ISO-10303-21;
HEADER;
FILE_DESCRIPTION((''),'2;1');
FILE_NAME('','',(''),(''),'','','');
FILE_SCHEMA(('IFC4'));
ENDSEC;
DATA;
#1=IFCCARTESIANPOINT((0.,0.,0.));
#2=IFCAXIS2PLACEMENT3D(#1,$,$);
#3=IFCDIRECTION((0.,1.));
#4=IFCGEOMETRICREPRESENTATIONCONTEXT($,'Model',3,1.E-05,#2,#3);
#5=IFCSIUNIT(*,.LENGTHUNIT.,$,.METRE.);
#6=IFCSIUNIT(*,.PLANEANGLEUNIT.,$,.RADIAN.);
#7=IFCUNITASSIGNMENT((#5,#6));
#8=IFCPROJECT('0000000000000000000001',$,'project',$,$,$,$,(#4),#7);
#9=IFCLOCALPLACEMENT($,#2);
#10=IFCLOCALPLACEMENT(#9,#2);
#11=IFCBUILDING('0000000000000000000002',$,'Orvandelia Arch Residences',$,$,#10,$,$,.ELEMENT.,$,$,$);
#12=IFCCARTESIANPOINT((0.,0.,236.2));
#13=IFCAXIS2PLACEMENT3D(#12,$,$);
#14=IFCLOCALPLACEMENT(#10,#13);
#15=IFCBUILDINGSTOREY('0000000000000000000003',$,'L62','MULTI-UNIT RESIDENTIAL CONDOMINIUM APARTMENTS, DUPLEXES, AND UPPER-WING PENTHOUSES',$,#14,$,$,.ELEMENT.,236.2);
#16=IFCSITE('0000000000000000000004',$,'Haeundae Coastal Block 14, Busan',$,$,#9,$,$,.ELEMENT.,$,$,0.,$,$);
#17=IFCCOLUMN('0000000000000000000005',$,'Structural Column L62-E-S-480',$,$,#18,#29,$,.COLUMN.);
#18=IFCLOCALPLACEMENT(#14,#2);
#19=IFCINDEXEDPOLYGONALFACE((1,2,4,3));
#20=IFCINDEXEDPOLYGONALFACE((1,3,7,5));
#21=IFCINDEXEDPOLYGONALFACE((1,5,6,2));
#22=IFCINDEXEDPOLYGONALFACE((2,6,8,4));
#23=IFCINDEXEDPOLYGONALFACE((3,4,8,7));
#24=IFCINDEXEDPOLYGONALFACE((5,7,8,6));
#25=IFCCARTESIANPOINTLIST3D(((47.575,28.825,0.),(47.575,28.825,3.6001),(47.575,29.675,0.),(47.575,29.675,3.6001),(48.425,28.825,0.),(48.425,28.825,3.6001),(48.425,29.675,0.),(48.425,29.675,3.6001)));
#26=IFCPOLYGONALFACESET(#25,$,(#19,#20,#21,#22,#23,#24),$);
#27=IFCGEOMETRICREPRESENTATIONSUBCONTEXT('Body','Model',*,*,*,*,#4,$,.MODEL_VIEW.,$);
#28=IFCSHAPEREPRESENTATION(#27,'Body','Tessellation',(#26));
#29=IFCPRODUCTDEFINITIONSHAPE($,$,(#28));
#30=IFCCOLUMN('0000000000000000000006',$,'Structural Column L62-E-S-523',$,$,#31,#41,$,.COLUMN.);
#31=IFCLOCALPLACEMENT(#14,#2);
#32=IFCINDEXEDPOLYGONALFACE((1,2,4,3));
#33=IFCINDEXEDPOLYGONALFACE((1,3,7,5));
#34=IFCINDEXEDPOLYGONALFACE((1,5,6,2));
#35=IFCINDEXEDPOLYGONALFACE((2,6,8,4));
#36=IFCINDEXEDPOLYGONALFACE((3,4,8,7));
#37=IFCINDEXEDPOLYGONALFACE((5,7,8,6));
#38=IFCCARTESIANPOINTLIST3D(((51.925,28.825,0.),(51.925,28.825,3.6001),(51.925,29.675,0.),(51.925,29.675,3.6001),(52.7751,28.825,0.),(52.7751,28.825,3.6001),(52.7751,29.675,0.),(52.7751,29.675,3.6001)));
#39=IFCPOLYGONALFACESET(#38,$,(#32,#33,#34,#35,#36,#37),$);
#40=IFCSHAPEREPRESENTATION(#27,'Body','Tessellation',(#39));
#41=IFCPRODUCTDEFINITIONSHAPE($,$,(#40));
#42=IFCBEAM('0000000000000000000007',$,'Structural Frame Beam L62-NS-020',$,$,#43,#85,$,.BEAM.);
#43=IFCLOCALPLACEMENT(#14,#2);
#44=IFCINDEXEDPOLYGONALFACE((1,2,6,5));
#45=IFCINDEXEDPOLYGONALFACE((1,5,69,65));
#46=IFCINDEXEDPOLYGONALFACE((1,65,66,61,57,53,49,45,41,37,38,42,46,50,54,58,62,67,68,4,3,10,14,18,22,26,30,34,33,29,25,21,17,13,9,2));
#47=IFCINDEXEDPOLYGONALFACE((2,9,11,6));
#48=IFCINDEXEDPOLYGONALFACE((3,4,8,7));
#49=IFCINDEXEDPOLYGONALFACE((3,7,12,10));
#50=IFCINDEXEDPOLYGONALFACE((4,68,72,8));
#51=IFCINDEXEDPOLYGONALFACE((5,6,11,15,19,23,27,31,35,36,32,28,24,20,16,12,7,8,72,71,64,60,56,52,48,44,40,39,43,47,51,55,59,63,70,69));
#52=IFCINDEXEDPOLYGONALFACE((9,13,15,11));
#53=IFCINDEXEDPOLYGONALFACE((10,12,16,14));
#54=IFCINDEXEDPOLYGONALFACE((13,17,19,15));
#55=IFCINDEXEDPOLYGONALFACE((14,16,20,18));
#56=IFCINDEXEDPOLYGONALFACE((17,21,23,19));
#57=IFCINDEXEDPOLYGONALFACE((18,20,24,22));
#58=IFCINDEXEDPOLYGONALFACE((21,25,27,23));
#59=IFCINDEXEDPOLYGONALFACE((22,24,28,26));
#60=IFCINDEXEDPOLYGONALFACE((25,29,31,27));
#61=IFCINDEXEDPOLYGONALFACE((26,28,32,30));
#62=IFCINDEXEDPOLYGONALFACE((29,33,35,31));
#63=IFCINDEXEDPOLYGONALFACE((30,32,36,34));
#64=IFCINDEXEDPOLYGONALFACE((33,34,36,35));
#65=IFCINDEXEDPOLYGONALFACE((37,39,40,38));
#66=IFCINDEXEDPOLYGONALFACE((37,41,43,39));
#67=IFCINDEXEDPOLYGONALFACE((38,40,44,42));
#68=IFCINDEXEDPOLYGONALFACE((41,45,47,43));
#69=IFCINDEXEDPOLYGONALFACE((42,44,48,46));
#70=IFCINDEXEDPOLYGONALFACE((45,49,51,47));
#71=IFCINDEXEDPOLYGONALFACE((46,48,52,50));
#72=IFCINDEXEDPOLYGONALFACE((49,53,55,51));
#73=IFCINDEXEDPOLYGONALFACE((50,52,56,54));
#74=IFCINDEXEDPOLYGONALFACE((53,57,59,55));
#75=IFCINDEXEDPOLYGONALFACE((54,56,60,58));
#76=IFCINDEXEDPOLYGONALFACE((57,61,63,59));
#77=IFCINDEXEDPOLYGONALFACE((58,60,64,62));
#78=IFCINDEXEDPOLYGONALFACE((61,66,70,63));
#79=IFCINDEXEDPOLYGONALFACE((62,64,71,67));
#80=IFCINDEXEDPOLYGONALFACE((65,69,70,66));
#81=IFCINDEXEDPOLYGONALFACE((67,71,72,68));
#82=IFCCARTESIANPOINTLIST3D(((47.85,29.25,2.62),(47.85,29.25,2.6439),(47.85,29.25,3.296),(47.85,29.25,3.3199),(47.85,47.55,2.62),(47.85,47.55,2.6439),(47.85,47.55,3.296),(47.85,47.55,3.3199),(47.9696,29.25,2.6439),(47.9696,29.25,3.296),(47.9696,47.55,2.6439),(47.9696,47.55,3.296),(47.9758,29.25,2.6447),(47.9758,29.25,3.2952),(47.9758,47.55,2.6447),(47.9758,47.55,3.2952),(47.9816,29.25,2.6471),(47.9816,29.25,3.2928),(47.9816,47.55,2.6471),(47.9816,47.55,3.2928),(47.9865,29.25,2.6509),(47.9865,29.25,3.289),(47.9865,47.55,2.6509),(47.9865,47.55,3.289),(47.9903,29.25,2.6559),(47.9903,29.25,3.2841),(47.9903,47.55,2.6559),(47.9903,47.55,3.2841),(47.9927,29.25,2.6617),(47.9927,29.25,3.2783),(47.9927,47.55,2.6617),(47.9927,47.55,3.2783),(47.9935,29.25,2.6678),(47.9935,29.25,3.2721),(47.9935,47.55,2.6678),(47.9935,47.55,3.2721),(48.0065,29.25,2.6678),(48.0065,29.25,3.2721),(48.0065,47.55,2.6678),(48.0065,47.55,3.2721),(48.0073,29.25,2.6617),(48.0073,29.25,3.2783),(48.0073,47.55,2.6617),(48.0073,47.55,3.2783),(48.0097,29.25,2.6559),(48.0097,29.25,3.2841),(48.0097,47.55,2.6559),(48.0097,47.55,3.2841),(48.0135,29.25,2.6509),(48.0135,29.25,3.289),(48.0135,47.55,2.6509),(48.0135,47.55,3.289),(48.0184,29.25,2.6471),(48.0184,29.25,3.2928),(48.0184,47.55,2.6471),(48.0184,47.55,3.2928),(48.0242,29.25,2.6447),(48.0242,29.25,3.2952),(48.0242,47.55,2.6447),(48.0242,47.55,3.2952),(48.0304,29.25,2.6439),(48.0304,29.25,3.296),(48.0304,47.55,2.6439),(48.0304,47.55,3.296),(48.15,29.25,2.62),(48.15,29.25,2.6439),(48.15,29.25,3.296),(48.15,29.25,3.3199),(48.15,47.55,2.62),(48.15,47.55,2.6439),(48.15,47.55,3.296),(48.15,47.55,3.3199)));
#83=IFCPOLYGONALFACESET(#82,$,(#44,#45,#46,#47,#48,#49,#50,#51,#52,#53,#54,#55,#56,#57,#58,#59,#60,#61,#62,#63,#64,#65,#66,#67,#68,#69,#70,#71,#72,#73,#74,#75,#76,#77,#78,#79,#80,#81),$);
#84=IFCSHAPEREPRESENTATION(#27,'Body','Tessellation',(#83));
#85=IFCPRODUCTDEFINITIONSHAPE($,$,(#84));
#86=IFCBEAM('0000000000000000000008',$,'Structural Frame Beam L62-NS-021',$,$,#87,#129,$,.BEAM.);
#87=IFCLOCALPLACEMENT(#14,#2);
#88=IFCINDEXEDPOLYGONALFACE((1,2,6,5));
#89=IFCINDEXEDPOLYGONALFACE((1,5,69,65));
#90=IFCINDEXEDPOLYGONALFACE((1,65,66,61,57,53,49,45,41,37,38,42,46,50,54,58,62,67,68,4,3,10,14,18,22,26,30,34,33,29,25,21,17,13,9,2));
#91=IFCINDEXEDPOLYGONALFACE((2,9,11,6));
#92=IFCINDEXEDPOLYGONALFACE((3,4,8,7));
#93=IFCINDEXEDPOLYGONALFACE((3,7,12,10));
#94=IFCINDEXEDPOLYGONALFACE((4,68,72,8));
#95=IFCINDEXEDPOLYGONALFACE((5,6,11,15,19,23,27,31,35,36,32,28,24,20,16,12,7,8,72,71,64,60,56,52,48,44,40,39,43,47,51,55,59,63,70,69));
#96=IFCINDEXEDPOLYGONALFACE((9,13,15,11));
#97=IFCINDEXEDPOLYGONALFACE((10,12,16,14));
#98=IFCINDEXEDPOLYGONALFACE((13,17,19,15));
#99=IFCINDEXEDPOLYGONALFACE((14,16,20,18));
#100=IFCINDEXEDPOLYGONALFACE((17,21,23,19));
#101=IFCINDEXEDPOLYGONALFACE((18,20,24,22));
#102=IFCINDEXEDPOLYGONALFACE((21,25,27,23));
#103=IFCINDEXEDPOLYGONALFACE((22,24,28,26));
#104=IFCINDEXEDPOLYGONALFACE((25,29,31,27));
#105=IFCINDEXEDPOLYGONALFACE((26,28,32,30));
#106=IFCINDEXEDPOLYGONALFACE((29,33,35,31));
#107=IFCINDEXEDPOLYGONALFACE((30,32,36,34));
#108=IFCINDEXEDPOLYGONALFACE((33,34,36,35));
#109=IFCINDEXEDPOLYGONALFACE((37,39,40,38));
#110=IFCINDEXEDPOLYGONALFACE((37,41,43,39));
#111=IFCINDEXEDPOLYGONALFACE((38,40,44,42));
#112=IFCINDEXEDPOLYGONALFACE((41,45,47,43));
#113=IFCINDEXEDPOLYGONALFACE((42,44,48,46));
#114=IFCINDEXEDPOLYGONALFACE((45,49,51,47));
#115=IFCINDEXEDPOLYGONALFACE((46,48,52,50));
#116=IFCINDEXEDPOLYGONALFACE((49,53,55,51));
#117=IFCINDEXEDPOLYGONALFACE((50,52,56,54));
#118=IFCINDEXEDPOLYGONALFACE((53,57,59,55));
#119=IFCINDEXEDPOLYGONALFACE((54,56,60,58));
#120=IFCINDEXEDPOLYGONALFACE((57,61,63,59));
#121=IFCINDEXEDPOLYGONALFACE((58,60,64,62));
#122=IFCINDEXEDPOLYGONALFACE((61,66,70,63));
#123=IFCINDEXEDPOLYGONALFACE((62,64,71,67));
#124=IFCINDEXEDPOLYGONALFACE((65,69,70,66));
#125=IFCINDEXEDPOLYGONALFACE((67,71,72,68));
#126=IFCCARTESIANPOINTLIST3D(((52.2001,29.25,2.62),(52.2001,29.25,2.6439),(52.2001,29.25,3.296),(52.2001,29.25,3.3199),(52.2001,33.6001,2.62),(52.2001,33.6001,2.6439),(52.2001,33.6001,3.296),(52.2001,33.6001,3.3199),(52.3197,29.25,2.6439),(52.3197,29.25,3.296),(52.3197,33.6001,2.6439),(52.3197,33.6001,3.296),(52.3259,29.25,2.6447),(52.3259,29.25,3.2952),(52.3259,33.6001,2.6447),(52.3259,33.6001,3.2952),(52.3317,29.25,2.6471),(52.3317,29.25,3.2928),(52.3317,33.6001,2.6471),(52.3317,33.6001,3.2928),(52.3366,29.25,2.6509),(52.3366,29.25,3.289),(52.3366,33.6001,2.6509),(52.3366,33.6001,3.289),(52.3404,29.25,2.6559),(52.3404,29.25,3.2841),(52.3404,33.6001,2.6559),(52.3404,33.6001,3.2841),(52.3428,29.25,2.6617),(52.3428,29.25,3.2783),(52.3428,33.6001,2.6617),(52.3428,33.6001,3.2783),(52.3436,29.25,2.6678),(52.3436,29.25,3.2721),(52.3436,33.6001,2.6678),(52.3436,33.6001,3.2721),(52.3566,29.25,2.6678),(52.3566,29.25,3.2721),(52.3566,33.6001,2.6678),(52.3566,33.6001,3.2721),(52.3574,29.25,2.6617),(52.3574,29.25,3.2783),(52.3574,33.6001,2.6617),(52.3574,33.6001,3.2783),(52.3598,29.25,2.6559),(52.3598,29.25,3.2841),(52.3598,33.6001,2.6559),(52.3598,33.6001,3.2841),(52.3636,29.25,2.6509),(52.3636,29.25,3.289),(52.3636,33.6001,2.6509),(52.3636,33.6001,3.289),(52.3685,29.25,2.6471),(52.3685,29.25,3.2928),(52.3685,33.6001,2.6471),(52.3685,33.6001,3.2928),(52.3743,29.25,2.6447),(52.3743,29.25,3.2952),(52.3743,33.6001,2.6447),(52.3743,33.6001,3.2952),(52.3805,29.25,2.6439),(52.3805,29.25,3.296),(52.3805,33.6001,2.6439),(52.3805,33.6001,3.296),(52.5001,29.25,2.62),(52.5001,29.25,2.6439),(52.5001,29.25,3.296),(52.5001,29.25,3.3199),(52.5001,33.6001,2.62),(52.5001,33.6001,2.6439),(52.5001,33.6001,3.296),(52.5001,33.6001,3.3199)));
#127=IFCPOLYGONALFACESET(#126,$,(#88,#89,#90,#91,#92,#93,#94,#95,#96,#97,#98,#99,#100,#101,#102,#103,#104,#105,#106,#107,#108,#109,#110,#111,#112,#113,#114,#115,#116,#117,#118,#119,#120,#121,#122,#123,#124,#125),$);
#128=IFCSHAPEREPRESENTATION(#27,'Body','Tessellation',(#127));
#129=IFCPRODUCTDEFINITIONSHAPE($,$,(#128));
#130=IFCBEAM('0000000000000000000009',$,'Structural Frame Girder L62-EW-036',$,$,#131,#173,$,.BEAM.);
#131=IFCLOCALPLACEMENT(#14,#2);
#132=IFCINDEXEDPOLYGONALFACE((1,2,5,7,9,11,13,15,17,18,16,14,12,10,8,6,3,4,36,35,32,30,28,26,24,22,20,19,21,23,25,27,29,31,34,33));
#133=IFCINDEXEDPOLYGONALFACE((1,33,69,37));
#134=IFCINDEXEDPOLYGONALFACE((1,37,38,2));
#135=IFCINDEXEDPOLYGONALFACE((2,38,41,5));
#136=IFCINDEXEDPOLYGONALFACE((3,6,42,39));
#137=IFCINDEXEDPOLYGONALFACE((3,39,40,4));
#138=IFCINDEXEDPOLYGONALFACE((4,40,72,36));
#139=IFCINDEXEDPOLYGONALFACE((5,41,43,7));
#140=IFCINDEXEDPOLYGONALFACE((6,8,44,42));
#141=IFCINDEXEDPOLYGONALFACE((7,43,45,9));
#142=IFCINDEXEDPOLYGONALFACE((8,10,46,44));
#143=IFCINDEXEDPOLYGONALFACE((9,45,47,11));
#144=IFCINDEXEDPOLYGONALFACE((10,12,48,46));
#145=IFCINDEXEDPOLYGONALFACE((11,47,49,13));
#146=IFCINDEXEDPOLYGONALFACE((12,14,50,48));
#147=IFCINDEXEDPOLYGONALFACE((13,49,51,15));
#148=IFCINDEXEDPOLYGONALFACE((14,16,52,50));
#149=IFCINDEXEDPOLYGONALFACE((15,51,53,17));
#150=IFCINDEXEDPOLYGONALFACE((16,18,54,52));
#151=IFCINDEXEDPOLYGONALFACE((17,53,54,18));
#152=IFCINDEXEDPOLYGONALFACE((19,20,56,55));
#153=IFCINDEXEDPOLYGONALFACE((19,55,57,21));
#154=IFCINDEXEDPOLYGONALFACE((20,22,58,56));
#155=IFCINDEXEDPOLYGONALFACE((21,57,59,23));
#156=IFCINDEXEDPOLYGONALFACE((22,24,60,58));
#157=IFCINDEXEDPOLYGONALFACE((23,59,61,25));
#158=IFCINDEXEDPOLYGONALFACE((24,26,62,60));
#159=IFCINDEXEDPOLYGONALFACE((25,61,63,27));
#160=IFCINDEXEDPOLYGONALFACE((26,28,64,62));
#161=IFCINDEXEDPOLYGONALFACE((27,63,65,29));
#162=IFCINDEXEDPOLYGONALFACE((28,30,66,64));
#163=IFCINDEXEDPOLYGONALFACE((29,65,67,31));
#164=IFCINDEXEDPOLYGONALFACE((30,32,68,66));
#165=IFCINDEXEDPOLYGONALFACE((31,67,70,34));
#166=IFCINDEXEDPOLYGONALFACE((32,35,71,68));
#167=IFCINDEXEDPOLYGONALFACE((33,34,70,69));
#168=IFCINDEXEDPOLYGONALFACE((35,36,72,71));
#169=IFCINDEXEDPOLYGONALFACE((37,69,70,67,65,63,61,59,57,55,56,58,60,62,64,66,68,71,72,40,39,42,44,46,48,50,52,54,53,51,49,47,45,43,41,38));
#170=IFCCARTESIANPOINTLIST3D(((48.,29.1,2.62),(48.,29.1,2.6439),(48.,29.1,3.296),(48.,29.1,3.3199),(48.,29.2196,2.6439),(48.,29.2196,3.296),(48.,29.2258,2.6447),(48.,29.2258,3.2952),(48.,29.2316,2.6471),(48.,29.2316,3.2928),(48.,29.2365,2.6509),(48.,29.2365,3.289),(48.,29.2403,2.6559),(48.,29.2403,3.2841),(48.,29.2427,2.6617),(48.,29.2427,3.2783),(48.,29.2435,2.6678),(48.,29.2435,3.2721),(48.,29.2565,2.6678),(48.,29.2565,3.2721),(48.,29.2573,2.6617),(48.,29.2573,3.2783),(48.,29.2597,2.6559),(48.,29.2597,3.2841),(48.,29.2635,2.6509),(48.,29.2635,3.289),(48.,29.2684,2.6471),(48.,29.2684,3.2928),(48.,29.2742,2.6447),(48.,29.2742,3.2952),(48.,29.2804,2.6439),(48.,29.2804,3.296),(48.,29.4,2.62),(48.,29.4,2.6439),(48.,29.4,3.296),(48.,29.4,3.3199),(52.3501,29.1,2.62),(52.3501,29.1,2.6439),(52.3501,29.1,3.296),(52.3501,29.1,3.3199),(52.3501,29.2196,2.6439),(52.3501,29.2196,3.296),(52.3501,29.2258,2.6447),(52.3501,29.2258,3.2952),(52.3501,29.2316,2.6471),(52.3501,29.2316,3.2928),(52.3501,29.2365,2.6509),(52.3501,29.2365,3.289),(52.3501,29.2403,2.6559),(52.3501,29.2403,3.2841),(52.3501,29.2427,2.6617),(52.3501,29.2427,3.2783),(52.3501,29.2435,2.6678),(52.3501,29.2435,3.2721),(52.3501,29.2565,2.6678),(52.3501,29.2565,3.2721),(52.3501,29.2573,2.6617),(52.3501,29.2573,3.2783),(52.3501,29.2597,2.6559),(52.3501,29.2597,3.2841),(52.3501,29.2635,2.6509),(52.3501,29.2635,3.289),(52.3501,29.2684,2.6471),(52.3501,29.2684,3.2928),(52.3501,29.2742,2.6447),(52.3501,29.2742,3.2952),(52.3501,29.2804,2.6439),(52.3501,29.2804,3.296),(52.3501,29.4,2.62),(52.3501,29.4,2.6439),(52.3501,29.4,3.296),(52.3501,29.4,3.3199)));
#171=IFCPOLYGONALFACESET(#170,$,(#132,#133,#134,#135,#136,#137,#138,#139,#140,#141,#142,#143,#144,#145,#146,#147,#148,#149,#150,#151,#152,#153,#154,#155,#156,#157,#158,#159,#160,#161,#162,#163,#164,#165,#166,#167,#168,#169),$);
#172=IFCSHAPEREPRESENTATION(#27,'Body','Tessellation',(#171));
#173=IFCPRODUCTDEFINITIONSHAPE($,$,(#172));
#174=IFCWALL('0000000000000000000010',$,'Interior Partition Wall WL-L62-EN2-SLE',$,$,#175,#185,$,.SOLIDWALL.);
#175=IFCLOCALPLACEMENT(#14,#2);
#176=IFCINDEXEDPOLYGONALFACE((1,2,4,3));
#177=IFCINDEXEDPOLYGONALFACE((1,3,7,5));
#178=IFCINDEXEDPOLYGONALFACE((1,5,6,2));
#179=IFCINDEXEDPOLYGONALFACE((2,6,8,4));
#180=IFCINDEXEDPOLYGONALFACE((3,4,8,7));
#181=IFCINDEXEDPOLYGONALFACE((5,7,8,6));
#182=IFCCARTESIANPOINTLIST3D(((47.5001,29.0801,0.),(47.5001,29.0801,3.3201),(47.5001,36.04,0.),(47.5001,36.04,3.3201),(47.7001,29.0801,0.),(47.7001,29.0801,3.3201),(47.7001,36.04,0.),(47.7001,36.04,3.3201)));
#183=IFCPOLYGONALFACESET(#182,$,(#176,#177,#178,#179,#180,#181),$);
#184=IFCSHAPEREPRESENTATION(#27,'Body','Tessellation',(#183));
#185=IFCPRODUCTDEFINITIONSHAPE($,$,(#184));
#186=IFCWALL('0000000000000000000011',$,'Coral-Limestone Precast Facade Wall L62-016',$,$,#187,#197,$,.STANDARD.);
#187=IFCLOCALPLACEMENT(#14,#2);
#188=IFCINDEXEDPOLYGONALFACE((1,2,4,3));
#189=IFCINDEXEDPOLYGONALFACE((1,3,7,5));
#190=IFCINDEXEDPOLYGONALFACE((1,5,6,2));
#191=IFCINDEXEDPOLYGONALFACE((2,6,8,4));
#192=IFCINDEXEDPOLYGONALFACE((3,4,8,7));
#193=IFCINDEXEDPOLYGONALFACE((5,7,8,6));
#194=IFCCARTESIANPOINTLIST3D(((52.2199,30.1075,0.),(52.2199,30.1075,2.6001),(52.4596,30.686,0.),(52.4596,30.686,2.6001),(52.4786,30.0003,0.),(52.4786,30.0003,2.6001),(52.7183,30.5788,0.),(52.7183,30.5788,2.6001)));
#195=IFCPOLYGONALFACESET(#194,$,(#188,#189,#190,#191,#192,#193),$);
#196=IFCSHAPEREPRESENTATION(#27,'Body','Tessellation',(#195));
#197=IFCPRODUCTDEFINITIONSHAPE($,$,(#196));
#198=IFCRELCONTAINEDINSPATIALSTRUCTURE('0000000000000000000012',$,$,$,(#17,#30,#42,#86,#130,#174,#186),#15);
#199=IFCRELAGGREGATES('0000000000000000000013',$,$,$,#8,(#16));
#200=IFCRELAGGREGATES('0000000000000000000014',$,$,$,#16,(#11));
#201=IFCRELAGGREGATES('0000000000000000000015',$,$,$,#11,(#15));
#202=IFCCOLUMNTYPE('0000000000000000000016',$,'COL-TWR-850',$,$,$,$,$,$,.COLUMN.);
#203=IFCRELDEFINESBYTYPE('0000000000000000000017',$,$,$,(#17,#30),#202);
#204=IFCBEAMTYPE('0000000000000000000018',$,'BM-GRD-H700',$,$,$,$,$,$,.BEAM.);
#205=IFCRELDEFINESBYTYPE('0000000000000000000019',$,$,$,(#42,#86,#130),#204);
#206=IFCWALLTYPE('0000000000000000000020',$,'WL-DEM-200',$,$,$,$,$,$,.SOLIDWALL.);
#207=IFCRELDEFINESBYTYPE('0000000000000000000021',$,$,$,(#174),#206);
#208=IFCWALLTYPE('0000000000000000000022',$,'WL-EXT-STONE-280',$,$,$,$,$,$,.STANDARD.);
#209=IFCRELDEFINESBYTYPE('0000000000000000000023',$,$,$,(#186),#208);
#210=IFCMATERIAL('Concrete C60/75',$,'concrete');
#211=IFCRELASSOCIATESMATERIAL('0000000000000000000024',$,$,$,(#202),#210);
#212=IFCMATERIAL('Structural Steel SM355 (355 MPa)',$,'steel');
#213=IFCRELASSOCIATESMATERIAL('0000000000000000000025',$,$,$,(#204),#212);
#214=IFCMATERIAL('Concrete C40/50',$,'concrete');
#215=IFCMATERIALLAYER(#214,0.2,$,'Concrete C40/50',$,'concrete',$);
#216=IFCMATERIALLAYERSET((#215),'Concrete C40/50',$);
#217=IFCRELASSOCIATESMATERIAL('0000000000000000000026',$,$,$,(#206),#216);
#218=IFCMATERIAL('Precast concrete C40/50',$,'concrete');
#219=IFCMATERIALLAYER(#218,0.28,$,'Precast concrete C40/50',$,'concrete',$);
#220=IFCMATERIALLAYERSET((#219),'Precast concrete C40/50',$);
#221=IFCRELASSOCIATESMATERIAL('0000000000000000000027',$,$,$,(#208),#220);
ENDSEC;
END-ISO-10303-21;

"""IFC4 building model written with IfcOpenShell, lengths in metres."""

from ifc_helpers import new_model, si_unit, direction, frame, frame_2d, origin, origin_2d, place, context, subcontext, project, spatial, rectangle, i_section, extrude, material, layer, layer_set, material_profile, profile_set, type_object, element, save


model = new_model("IFC4")

# Units and contexts
model_context = context("Model", 3, precision=1e-05, world=origin(), true_north=direction((0.0, 1.0)))
body_context = subcontext(model_context, "Body", "Model", "MODEL_VIEW")
ifc_project = project(units=[si_unit("LENGTHUNIT", "METRE"), si_unit("PLANEANGLEUNIT", "RADIAN")], contexts=[model_context])

# Site, building, storey
site_placement = place(None, origin())
site = spatial("IfcSite", under=ifc_project, at=site_placement, Name="Haeundae Coastal Block 14, Busan", CompositionType="ELEMENT", RefElevation=0.0)
building_placement = place(site_placement, origin())
building = spatial("IfcBuilding", under=site, at=building_placement, Name="Orvandelia Arch Residences", CompositionType="ELEMENT")
storey_placement = place(building_placement, frame((0.0, 0.0, 236.2)))
storey = spatial("IfcBuildingStorey", under=building, at=storey_placement, Name="L62", Description="MULTI-UNIT RESIDENTIAL CONDOMINIUM APARTMENTS, DUPLEXES, AND UPPER-WING PENTHOUSES", CompositionType="ELEMENT", Elevation=236.2)

# Columns
ifc_material_1 = material(Name="Concrete C60/75", Category="concrete")
ifc_material_profile_1 = material_profile(ifc_material_1, rectangle(XDim=0.8501, YDim=0.8501, at=origin_2d()), Name="Concrete C60/75", Category="concrete")
ifc_profile_set_1 = profile_set([ifc_material_profile_1], Name="Concrete C60/75")
column_type = type_object("IfcColumnType", Name="COL-TWR-850", PredefinedType="COLUMN", material=ifc_profile_set_1)
for number, where, z_axis, x_axis, name in (
    (1, (48.0, 29.25, 0.0), (0.0, 0.0, 1.0), (1.0, 0.0, 0.0), "Structural Column L62-E-S-480"),
    (2, (52.3501, 29.25, 0.0), (0.0, 0.0, 1.0), (1.0, 0.0, 0.0), "Structural Column L62-E-S-523"),
):
    element("IfcColumn", number, at=place(storey_placement, frame(where, z_axis=z_axis, x_axis=x_axis)), inside=storey, type_object=column_type, Name=name, PredefinedType="COLUMN", context=body_context, shape_type="SweptSolid", body=[
        extrude(rectangle(XDim=0.8501, YDim=0.8501, at=origin_2d()), origin(), (0.0, 0.0, 1.0), 3.6001),
    ])

# Beams
ifc_material_2 = material(Name="Structural Steel SM355 (355 MPa)", Category="steel")
ifc_material_profile_2 = material_profile(ifc_material_2, i_section(OverallWidth=0.3, OverallDepth=0.7, WebThickness=0.0129, FlangeThickness=0.0239, FilletRadius=0.0239, at=origin_2d()), Name="Structural Steel SM355 (355 MPa)", Category="steel")
ifc_profile_set_2 = profile_set([ifc_material_profile_2], Name="Structural Steel SM355 (355 MPa)")
beam_type = type_object("IfcBeamType", Name="BM-GRD-H700", PredefinedType="BEAM", material=ifc_profile_set_2)
beam_placement = place(storey_placement, frame((48.0, 29.25, 2.97), z_axis=(0.0, 1.0, 0.0), x_axis=(-1.0, 0.0, 0.0)))
element("IfcBeam", 3, at=beam_placement, inside=storey, type_object=beam_type, Name="Structural Frame Beam L62-NS-020", PredefinedType="BEAM", context=body_context, shape_type="SweptSolid", body=[
    extrude(i_section(OverallWidth=0.3, OverallDepth=0.7, WebThickness=0.0129, FlangeThickness=0.0239, FilletRadius=0.0239, at=origin_2d()), origin(), (0.0, 0.0, 1.0), 18.3),
])
for number, where, z_axis, x_axis, name in (
    (4, (52.3501, 29.25, 2.97), (0.0, 1.0, 0.0), (-1.0, 0.0, 0.0), "Structural Frame Beam L62-NS-021"),
    (5, (48.0, 29.25, 2.97), (1.0, 0.0, 0.0), (0.0, 1.0, 0.0), "Structural Frame Girder L62-EW-036"),
):
    element("IfcBeam", number, at=place(storey_placement, frame(where, z_axis=z_axis, x_axis=x_axis)), inside=storey, type_object=beam_type, Name=name, PredefinedType="BEAM", context=body_context, shape_type="SweptSolid", body=[
        extrude(i_section(OverallWidth=0.3, OverallDepth=0.7, WebThickness=0.0129, FlangeThickness=0.0239, FilletRadius=0.0239, at=origin_2d()), origin(), (0.0, 0.0, 1.0), 4.3501),
    ])

# Walls
ifc_material_3 = material(Name="Concrete C40/50", Category="concrete")
ifc_layer_1 = layer(ifc_material_3, 0.2, Name="Concrete C40/50", Category="concrete")
ifc_layer_set_1 = layer_set([ifc_layer_1], Name="Concrete C40/50")
wall_type_1 = type_object("IfcWallType", Name="WL-DEM-200", PredefinedType="SOLIDWALL", material=ifc_layer_set_1)
wall_1_placement = place(storey_placement, frame((47.6001, 29.0801, 0.0), z_axis=(0.0, 0.0, 1.0), x_axis=(0.0, 1.0, 0.0)))
element("IfcWall", 6, at=wall_1_placement, inside=storey, type_object=wall_type_1, Name="Interior Partition Wall WL-L62-EN2-SLE", PredefinedType="SOLIDWALL", context=body_context, shape_type="SweptSolid", body=[
    extrude(rectangle(XDim=6.96, YDim=0.2, at=frame_2d((3.48, 0.0))), origin(), (0.0, 0.0, 1.0), 3.3201),
])
ifc_material_4 = material(Name="Precast concrete C40/50", Category="concrete")
ifc_layer_2 = layer(ifc_material_4, 0.28, Name="Precast concrete C40/50", Category="concrete")
ifc_layer_set_2 = layer_set([ifc_layer_2], Name="Precast concrete C40/50")
wall_type_2 = type_object("IfcWallType", Name="WL-EXT-STONE-280", PredefinedType="STANDARD", material=ifc_layer_set_2)
wall_2_placement = place(storey_placement, frame((52.5889, 30.6323, 0.0), z_axis=(0.0, 0.0, 1.0), x_axis=(-0.382788, -0.923836, 0.0)))
element("IfcWall", 7, at=wall_2_placement, inside=storey, type_object=wall_type_2, Name="Coral-Limestone Precast Facade Wall L62-016", PredefinedType="STANDARD", context=body_context, shape_type="SweptSolid", body=[
    extrude(rectangle(XDim=0.6262, YDim=0.28, at=frame_2d((0.313, 0.0))), origin(), (0.0, 0.0, 1.0), 2.6001),
])

save(model, "model.ifc")
